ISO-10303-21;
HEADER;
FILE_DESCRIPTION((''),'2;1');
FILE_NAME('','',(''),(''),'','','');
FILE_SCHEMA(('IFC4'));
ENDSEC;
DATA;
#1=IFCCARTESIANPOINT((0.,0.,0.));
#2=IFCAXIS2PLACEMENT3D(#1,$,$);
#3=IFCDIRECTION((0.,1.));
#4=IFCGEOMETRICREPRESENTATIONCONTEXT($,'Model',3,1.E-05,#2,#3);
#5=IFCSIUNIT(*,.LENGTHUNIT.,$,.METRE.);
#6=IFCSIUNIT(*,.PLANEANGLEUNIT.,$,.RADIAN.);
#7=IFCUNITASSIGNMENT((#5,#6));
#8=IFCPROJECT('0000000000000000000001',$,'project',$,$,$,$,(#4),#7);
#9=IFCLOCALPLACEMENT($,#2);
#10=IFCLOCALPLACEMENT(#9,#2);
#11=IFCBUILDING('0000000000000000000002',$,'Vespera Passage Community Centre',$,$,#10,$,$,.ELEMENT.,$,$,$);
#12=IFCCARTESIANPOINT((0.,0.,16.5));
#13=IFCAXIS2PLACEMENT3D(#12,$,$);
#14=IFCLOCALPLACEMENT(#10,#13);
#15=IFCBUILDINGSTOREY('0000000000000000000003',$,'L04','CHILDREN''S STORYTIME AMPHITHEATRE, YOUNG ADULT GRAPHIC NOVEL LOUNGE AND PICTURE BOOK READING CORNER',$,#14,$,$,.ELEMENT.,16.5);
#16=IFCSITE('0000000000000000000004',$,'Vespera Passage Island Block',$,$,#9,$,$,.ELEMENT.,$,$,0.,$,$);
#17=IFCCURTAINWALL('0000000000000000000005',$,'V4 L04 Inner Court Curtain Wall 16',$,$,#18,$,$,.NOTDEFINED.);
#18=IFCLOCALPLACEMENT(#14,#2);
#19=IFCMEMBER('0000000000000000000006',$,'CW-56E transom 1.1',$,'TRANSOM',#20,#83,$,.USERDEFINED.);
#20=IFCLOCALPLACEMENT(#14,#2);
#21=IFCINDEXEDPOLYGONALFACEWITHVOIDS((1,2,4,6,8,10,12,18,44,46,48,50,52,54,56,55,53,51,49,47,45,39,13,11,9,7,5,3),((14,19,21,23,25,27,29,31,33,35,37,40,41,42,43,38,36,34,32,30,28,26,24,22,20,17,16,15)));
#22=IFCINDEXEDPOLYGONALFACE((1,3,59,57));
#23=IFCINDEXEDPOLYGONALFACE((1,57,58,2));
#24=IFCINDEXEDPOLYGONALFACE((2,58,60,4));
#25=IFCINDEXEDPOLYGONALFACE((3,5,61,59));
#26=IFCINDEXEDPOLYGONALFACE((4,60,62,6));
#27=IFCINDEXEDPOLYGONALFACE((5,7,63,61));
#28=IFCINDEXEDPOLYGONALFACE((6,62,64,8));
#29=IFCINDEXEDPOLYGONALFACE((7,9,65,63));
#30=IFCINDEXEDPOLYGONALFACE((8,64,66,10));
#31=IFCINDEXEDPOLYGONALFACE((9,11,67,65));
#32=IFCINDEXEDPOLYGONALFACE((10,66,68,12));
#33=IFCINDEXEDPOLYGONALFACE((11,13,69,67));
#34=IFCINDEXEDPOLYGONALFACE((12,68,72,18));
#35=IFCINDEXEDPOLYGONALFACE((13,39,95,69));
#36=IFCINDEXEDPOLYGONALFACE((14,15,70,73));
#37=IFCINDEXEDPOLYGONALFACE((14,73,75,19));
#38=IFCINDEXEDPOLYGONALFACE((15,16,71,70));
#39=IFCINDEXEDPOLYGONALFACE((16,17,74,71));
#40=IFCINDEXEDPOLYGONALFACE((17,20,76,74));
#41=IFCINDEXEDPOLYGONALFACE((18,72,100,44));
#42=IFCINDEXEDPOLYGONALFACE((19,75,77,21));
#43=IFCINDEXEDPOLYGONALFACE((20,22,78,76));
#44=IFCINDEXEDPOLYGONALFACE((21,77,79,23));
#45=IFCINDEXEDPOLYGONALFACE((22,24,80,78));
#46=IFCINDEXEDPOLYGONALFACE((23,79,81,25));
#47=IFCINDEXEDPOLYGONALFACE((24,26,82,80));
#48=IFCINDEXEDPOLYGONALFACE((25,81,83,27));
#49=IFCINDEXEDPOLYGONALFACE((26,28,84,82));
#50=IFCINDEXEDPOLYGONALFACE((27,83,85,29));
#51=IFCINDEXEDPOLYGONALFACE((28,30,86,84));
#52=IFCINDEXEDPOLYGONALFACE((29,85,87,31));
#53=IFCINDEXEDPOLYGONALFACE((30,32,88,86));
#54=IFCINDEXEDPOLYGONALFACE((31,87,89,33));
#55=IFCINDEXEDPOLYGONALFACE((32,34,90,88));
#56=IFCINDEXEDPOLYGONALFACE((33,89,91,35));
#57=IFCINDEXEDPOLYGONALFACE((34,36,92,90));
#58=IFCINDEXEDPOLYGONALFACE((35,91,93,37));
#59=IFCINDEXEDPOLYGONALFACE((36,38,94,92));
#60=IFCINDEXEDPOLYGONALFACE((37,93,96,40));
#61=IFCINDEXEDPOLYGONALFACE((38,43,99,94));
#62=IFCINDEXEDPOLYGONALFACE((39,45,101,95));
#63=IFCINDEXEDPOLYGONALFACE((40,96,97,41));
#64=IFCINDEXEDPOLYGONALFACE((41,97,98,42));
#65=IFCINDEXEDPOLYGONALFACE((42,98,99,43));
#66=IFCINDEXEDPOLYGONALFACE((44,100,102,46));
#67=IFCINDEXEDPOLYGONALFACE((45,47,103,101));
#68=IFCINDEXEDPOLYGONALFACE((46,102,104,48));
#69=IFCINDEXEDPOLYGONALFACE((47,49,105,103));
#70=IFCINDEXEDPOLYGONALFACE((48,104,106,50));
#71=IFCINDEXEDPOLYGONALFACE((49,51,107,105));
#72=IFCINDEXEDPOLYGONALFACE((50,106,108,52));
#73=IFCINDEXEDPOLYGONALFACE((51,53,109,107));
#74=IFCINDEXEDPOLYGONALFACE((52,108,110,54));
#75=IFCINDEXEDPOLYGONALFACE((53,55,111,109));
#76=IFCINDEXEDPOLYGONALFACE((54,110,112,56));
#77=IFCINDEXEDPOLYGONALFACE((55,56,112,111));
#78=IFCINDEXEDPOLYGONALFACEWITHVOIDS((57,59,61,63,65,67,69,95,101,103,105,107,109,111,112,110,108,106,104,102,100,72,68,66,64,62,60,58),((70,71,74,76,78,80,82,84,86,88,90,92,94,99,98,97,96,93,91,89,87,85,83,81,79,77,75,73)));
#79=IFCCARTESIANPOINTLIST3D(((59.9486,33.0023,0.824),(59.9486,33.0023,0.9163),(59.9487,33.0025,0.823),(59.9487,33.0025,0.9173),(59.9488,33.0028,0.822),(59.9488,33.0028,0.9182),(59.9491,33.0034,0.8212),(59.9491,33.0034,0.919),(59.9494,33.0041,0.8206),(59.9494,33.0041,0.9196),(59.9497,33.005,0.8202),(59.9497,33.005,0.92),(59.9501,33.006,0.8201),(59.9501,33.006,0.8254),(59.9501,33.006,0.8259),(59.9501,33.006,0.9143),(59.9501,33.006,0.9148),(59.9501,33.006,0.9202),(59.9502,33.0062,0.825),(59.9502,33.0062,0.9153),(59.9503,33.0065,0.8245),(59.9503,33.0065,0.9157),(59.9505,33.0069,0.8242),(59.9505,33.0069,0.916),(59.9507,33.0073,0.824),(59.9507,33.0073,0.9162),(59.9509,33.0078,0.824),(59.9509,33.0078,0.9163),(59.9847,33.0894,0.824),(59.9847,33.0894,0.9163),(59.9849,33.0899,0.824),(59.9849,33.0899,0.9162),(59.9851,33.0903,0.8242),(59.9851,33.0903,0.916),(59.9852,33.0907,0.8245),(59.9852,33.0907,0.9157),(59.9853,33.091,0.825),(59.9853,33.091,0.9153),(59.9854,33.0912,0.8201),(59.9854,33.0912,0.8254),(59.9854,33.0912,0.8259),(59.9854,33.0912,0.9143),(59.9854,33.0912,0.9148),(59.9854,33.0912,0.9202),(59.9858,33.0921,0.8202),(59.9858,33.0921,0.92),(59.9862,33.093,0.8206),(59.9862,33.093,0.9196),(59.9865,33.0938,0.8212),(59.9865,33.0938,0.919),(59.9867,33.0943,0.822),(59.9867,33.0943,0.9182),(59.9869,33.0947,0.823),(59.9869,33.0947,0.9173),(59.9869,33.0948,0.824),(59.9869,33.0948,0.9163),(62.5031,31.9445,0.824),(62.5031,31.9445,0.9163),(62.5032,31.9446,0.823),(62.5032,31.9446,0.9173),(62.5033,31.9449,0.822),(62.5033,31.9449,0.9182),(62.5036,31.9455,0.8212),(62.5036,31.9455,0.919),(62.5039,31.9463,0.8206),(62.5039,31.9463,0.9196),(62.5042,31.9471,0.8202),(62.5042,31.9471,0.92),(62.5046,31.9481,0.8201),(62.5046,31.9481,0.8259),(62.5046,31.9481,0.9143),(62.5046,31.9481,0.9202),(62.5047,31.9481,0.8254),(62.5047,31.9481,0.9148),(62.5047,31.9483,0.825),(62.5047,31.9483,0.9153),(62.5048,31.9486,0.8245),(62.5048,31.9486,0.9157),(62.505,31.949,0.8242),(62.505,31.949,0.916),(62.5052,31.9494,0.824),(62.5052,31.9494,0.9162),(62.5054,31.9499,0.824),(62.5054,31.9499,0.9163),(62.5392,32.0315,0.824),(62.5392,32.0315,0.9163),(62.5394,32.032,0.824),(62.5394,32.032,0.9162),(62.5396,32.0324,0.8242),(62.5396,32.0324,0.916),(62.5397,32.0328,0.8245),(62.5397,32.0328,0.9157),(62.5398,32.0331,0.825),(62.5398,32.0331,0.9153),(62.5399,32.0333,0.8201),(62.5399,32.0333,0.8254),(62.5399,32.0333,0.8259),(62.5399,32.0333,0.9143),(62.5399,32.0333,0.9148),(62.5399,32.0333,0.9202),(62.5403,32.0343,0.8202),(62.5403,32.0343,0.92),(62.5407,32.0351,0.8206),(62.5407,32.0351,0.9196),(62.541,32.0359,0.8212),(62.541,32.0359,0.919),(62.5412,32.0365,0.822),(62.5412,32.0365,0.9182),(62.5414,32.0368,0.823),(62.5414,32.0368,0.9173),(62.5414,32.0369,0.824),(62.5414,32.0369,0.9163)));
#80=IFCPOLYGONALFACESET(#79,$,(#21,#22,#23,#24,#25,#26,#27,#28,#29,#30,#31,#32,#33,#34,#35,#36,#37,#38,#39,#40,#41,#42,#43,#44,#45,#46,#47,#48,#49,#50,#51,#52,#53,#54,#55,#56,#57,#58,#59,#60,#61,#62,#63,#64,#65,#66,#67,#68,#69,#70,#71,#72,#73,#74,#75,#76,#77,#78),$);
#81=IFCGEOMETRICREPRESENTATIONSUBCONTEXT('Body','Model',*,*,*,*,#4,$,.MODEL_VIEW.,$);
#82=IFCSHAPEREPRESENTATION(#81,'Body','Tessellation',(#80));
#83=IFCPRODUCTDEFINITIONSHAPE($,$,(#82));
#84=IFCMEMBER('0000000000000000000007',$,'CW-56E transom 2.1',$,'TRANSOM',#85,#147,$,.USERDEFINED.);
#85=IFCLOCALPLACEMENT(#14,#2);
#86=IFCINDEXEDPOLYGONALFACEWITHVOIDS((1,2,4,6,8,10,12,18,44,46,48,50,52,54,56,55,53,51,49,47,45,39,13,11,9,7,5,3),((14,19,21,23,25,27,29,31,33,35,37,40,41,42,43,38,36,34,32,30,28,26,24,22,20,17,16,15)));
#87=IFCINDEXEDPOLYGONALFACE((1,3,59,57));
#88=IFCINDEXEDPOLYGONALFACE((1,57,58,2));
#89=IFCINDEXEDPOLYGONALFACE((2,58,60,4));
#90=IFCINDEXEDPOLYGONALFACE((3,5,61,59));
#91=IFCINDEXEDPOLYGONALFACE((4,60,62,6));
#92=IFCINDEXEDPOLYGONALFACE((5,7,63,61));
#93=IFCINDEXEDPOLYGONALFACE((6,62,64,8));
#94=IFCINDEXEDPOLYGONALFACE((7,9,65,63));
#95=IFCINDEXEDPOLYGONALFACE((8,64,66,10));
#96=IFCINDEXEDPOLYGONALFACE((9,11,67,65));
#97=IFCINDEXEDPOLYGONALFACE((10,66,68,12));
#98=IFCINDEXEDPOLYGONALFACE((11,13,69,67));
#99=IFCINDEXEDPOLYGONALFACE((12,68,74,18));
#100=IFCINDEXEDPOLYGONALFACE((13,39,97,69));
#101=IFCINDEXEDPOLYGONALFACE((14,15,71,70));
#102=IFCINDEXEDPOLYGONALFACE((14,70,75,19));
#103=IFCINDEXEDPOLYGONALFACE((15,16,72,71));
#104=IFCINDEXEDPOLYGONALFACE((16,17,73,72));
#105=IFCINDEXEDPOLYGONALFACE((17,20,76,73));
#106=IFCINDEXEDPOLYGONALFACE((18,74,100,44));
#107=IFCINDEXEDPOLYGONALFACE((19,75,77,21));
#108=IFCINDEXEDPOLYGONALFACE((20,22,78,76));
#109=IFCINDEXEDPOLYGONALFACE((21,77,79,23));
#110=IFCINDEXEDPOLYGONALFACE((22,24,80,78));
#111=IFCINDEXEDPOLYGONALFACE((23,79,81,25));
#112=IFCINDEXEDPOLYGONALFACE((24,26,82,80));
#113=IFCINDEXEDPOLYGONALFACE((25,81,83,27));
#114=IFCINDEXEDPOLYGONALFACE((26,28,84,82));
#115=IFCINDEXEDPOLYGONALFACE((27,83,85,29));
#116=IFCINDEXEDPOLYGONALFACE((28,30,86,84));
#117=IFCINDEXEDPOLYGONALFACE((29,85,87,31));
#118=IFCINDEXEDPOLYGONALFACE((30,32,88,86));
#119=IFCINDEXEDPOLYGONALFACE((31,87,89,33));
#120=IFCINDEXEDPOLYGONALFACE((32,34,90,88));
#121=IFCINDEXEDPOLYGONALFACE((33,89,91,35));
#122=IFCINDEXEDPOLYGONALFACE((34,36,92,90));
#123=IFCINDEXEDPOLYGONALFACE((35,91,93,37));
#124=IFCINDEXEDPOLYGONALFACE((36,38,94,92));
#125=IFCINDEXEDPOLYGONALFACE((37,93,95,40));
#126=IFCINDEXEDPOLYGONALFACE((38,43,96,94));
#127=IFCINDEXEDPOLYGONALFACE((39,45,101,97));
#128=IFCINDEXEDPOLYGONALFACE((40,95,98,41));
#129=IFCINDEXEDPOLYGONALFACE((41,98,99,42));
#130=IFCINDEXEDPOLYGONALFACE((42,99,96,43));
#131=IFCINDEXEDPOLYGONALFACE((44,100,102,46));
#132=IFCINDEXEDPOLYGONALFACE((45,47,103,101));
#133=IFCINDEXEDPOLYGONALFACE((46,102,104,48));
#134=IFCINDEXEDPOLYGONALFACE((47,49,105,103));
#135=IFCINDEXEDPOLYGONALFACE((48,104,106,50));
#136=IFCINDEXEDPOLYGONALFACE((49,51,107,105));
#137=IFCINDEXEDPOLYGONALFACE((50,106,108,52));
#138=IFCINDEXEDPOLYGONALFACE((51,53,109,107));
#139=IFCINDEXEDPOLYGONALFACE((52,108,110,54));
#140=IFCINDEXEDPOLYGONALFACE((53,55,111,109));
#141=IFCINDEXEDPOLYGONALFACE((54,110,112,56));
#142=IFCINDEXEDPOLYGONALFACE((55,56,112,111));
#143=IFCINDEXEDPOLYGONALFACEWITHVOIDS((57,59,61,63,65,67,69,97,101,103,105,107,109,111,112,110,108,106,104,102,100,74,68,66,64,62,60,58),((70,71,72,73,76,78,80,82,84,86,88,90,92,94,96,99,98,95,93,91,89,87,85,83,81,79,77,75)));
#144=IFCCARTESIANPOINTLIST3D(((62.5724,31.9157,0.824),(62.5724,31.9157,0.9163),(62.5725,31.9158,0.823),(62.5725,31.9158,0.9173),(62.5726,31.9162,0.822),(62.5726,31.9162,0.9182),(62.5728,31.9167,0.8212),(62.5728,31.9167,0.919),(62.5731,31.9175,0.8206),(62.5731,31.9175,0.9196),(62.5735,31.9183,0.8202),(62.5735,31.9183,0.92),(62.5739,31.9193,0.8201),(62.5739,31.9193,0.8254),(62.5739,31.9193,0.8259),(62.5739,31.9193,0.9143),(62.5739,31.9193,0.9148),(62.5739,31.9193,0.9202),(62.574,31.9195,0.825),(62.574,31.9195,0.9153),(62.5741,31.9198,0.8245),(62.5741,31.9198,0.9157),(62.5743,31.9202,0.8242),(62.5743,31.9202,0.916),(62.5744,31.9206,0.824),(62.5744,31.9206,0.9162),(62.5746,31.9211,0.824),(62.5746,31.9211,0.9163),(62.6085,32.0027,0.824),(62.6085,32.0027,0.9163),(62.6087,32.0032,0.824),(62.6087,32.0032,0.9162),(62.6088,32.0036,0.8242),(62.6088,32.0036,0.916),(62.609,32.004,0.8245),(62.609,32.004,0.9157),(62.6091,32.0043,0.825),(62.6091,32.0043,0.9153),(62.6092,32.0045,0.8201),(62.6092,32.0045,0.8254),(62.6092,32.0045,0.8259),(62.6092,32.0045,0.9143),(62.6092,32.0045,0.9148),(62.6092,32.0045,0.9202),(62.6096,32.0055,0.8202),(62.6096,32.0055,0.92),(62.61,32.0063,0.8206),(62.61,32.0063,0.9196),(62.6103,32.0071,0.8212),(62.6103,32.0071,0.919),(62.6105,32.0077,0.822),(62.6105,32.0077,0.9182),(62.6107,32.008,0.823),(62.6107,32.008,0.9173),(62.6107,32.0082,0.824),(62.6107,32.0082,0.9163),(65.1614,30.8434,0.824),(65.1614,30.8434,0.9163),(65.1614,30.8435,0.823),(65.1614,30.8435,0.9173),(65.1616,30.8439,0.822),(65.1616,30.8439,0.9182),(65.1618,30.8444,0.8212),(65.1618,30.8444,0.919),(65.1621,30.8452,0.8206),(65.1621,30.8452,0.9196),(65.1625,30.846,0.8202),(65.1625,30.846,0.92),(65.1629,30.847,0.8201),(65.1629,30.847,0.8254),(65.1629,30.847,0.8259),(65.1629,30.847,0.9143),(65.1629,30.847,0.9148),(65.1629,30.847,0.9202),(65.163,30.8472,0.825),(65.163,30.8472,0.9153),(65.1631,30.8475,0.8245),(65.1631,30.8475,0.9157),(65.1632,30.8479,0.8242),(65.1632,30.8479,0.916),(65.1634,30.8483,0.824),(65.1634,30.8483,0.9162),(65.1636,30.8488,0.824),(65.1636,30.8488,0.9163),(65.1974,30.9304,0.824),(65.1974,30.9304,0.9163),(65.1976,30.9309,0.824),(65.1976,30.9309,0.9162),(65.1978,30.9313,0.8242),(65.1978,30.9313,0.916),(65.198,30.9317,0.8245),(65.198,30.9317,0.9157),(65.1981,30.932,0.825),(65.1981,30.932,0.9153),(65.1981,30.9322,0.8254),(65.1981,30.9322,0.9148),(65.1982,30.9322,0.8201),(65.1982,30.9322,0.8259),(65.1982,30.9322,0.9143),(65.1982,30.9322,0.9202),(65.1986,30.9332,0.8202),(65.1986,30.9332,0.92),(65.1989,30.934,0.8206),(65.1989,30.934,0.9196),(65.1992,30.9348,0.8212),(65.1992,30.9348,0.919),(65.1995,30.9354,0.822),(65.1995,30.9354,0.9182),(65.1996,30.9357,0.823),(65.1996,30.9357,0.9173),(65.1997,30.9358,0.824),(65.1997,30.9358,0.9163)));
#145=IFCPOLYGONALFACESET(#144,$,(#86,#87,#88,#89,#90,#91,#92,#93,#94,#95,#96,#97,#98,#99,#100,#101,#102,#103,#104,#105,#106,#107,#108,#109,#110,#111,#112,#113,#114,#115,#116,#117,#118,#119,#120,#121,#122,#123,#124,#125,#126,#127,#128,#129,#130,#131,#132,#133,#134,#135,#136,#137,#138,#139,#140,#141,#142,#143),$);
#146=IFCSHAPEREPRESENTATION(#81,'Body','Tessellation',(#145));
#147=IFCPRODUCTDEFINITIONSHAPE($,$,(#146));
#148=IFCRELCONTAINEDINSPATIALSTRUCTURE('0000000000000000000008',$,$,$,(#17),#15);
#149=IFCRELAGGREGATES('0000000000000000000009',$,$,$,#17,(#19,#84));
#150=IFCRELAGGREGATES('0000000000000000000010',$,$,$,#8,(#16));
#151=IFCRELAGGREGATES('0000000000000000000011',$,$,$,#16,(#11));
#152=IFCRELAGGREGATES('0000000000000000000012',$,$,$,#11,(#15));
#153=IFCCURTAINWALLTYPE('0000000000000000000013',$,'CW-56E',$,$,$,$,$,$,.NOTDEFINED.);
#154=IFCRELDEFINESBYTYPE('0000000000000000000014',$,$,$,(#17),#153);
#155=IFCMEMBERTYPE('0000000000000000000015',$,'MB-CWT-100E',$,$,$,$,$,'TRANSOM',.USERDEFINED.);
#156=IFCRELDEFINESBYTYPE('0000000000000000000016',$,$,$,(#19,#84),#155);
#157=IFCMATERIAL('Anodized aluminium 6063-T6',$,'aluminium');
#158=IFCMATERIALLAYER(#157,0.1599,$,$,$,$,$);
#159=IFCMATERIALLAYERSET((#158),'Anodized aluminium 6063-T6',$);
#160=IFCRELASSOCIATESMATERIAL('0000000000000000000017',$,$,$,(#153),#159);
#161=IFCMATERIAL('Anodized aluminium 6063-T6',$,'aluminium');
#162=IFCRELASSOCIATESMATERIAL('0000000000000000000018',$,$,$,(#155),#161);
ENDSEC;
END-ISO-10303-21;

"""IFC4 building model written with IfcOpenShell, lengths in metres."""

from ifc_helpers import new_model, si_unit, direction, frame, origin, origin_2d, place, context, subcontext, project, spatial, hollow_rectangle, extrude, material, layer, layer_set, material_profile, profile_set, type_object, element, aggregate, save


model = new_model("IFC4")

# Units and contexts
model_context = context("Model", 3, precision=1e-05, world=origin(), true_north=direction((0.0, 1.0)))
body_context = subcontext(model_context, "Body", "Model", "MODEL_VIEW")
ifc_project = project(units=[si_unit("LENGTHUNIT", "METRE"), si_unit("PLANEANGLEUNIT", "RADIAN")], contexts=[model_context])

# Site, building, storey
site_placement = place(None, origin())
site = spatial("IfcSite", under=ifc_project, at=site_placement, Name="Vespera Passage Island Block", CompositionType="ELEMENT", RefElevation=0.0)
building_placement = place(site_placement, origin())
building = spatial("IfcBuilding", under=site, at=building_placement, Name="Vespera Passage Community Centre", CompositionType="ELEMENT")
storey_placement = place(building_placement, frame((0.0, 0.0, 16.5)))
storey = spatial("IfcBuildingStorey", under=building, at=storey_placement, Name="L04", Description="CHILDREN'S STORYTIME AMPHITHEATRE, YOUNG ADULT GRAPHIC NOVEL LOUNGE AND PICTURE BOOK READING CORNER", CompositionType="ELEMENT", Elevation=16.5)

# Curtain wall
ifc_material_1 = material(Name="Anodized aluminium 6063-T6", Category="aluminium")
ifc_layer_1 = layer(ifc_material_1, 0.1599)
ifc_layer_set_1 = layer_set([ifc_layer_1], Name="Anodized aluminium 6063-T6")
curtain_wall_type = type_object("IfcCurtainWallType", Name="CW-56E", PredefinedType="NOTDEFINED", material=ifc_layer_set_1)
curtain_wall_1_placement = place(storey_placement, origin())
curtain_wall_1 = element("IfcCurtainWall", 1, at=curtain_wall_1_placement, inside=storey, type_object=curtain_wall_type, Name="V4 L04 Inner Court Curtain Wall 16", PredefinedType="NOTDEFINED")

# Members
ifc_material_2 = material(Name="Anodized aluminium 6063-T6", Category="aluminium")
ifc_material_profile_1 = material_profile(ifc_material_2, hollow_rectangle(XDim=0.1001, YDim=0.1001, WallThickness=0.0039, InnerFilletRadius=0.002, OuterFilletRadius=0.0039, at=origin_2d()), Name="ALU100X100X4")
ifc_profile_set_1 = profile_set([ifc_material_profile_1], Name="Anodized aluminium 6063-T6")
member_type_1 = type_object("IfcMemberType", Name="MB-CWT-100E", ElementType="TRANSOM", PredefinedType="USERDEFINED", material=ifc_profile_set_1)
member_1_placement = place(storey_placement, frame((59.9678, 33.0486, 0.8701), z_axis=(0.923908, -0.382614, 0.0), x_axis=(0.382614, 0.923908, 0.0)))
member_1 = element("IfcMember", 2, at=member_1_placement, type_object=member_type_1, Name="CW-56E transom 1.1", ObjectType="TRANSOM", PredefinedType="USERDEFINED", context=body_context, shape_type="SweptSolid", body=[
    extrude(hollow_rectangle(XDim=0.1001, YDim=0.1001, WallThickness=0.0039, InnerFilletRadius=0.002, OuterFilletRadius=0.0039, at=origin_2d()), origin(), (0.0, 0.0, 1.0), 2.7649),
])
member_2_placement = place(storey_placement, frame((62.5916, 31.9619, 0.8701), z_axis=(0.923889, -0.38266, 0.0), x_axis=(0.38266, 0.923889, 0.0)))
member_2 = element("IfcMember", 3, at=member_2_placement, type_object=member_type_1, Name="CW-56E transom 2.1", ObjectType="TRANSOM", PredefinedType="USERDEFINED", context=body_context, shape_type="SweptSolid", body=[
    extrude(hollow_rectangle(XDim=0.1001, YDim=0.1001, WallThickness=0.0039, InnerFilletRadius=0.002, OuterFilletRadius=0.0039, at=origin_2d()), origin(), (0.0, 0.0, 1.0), 2.8022),
])

aggregate(curtain_wall_1, [member_1, member_2])

save(model, "model.ifc")
